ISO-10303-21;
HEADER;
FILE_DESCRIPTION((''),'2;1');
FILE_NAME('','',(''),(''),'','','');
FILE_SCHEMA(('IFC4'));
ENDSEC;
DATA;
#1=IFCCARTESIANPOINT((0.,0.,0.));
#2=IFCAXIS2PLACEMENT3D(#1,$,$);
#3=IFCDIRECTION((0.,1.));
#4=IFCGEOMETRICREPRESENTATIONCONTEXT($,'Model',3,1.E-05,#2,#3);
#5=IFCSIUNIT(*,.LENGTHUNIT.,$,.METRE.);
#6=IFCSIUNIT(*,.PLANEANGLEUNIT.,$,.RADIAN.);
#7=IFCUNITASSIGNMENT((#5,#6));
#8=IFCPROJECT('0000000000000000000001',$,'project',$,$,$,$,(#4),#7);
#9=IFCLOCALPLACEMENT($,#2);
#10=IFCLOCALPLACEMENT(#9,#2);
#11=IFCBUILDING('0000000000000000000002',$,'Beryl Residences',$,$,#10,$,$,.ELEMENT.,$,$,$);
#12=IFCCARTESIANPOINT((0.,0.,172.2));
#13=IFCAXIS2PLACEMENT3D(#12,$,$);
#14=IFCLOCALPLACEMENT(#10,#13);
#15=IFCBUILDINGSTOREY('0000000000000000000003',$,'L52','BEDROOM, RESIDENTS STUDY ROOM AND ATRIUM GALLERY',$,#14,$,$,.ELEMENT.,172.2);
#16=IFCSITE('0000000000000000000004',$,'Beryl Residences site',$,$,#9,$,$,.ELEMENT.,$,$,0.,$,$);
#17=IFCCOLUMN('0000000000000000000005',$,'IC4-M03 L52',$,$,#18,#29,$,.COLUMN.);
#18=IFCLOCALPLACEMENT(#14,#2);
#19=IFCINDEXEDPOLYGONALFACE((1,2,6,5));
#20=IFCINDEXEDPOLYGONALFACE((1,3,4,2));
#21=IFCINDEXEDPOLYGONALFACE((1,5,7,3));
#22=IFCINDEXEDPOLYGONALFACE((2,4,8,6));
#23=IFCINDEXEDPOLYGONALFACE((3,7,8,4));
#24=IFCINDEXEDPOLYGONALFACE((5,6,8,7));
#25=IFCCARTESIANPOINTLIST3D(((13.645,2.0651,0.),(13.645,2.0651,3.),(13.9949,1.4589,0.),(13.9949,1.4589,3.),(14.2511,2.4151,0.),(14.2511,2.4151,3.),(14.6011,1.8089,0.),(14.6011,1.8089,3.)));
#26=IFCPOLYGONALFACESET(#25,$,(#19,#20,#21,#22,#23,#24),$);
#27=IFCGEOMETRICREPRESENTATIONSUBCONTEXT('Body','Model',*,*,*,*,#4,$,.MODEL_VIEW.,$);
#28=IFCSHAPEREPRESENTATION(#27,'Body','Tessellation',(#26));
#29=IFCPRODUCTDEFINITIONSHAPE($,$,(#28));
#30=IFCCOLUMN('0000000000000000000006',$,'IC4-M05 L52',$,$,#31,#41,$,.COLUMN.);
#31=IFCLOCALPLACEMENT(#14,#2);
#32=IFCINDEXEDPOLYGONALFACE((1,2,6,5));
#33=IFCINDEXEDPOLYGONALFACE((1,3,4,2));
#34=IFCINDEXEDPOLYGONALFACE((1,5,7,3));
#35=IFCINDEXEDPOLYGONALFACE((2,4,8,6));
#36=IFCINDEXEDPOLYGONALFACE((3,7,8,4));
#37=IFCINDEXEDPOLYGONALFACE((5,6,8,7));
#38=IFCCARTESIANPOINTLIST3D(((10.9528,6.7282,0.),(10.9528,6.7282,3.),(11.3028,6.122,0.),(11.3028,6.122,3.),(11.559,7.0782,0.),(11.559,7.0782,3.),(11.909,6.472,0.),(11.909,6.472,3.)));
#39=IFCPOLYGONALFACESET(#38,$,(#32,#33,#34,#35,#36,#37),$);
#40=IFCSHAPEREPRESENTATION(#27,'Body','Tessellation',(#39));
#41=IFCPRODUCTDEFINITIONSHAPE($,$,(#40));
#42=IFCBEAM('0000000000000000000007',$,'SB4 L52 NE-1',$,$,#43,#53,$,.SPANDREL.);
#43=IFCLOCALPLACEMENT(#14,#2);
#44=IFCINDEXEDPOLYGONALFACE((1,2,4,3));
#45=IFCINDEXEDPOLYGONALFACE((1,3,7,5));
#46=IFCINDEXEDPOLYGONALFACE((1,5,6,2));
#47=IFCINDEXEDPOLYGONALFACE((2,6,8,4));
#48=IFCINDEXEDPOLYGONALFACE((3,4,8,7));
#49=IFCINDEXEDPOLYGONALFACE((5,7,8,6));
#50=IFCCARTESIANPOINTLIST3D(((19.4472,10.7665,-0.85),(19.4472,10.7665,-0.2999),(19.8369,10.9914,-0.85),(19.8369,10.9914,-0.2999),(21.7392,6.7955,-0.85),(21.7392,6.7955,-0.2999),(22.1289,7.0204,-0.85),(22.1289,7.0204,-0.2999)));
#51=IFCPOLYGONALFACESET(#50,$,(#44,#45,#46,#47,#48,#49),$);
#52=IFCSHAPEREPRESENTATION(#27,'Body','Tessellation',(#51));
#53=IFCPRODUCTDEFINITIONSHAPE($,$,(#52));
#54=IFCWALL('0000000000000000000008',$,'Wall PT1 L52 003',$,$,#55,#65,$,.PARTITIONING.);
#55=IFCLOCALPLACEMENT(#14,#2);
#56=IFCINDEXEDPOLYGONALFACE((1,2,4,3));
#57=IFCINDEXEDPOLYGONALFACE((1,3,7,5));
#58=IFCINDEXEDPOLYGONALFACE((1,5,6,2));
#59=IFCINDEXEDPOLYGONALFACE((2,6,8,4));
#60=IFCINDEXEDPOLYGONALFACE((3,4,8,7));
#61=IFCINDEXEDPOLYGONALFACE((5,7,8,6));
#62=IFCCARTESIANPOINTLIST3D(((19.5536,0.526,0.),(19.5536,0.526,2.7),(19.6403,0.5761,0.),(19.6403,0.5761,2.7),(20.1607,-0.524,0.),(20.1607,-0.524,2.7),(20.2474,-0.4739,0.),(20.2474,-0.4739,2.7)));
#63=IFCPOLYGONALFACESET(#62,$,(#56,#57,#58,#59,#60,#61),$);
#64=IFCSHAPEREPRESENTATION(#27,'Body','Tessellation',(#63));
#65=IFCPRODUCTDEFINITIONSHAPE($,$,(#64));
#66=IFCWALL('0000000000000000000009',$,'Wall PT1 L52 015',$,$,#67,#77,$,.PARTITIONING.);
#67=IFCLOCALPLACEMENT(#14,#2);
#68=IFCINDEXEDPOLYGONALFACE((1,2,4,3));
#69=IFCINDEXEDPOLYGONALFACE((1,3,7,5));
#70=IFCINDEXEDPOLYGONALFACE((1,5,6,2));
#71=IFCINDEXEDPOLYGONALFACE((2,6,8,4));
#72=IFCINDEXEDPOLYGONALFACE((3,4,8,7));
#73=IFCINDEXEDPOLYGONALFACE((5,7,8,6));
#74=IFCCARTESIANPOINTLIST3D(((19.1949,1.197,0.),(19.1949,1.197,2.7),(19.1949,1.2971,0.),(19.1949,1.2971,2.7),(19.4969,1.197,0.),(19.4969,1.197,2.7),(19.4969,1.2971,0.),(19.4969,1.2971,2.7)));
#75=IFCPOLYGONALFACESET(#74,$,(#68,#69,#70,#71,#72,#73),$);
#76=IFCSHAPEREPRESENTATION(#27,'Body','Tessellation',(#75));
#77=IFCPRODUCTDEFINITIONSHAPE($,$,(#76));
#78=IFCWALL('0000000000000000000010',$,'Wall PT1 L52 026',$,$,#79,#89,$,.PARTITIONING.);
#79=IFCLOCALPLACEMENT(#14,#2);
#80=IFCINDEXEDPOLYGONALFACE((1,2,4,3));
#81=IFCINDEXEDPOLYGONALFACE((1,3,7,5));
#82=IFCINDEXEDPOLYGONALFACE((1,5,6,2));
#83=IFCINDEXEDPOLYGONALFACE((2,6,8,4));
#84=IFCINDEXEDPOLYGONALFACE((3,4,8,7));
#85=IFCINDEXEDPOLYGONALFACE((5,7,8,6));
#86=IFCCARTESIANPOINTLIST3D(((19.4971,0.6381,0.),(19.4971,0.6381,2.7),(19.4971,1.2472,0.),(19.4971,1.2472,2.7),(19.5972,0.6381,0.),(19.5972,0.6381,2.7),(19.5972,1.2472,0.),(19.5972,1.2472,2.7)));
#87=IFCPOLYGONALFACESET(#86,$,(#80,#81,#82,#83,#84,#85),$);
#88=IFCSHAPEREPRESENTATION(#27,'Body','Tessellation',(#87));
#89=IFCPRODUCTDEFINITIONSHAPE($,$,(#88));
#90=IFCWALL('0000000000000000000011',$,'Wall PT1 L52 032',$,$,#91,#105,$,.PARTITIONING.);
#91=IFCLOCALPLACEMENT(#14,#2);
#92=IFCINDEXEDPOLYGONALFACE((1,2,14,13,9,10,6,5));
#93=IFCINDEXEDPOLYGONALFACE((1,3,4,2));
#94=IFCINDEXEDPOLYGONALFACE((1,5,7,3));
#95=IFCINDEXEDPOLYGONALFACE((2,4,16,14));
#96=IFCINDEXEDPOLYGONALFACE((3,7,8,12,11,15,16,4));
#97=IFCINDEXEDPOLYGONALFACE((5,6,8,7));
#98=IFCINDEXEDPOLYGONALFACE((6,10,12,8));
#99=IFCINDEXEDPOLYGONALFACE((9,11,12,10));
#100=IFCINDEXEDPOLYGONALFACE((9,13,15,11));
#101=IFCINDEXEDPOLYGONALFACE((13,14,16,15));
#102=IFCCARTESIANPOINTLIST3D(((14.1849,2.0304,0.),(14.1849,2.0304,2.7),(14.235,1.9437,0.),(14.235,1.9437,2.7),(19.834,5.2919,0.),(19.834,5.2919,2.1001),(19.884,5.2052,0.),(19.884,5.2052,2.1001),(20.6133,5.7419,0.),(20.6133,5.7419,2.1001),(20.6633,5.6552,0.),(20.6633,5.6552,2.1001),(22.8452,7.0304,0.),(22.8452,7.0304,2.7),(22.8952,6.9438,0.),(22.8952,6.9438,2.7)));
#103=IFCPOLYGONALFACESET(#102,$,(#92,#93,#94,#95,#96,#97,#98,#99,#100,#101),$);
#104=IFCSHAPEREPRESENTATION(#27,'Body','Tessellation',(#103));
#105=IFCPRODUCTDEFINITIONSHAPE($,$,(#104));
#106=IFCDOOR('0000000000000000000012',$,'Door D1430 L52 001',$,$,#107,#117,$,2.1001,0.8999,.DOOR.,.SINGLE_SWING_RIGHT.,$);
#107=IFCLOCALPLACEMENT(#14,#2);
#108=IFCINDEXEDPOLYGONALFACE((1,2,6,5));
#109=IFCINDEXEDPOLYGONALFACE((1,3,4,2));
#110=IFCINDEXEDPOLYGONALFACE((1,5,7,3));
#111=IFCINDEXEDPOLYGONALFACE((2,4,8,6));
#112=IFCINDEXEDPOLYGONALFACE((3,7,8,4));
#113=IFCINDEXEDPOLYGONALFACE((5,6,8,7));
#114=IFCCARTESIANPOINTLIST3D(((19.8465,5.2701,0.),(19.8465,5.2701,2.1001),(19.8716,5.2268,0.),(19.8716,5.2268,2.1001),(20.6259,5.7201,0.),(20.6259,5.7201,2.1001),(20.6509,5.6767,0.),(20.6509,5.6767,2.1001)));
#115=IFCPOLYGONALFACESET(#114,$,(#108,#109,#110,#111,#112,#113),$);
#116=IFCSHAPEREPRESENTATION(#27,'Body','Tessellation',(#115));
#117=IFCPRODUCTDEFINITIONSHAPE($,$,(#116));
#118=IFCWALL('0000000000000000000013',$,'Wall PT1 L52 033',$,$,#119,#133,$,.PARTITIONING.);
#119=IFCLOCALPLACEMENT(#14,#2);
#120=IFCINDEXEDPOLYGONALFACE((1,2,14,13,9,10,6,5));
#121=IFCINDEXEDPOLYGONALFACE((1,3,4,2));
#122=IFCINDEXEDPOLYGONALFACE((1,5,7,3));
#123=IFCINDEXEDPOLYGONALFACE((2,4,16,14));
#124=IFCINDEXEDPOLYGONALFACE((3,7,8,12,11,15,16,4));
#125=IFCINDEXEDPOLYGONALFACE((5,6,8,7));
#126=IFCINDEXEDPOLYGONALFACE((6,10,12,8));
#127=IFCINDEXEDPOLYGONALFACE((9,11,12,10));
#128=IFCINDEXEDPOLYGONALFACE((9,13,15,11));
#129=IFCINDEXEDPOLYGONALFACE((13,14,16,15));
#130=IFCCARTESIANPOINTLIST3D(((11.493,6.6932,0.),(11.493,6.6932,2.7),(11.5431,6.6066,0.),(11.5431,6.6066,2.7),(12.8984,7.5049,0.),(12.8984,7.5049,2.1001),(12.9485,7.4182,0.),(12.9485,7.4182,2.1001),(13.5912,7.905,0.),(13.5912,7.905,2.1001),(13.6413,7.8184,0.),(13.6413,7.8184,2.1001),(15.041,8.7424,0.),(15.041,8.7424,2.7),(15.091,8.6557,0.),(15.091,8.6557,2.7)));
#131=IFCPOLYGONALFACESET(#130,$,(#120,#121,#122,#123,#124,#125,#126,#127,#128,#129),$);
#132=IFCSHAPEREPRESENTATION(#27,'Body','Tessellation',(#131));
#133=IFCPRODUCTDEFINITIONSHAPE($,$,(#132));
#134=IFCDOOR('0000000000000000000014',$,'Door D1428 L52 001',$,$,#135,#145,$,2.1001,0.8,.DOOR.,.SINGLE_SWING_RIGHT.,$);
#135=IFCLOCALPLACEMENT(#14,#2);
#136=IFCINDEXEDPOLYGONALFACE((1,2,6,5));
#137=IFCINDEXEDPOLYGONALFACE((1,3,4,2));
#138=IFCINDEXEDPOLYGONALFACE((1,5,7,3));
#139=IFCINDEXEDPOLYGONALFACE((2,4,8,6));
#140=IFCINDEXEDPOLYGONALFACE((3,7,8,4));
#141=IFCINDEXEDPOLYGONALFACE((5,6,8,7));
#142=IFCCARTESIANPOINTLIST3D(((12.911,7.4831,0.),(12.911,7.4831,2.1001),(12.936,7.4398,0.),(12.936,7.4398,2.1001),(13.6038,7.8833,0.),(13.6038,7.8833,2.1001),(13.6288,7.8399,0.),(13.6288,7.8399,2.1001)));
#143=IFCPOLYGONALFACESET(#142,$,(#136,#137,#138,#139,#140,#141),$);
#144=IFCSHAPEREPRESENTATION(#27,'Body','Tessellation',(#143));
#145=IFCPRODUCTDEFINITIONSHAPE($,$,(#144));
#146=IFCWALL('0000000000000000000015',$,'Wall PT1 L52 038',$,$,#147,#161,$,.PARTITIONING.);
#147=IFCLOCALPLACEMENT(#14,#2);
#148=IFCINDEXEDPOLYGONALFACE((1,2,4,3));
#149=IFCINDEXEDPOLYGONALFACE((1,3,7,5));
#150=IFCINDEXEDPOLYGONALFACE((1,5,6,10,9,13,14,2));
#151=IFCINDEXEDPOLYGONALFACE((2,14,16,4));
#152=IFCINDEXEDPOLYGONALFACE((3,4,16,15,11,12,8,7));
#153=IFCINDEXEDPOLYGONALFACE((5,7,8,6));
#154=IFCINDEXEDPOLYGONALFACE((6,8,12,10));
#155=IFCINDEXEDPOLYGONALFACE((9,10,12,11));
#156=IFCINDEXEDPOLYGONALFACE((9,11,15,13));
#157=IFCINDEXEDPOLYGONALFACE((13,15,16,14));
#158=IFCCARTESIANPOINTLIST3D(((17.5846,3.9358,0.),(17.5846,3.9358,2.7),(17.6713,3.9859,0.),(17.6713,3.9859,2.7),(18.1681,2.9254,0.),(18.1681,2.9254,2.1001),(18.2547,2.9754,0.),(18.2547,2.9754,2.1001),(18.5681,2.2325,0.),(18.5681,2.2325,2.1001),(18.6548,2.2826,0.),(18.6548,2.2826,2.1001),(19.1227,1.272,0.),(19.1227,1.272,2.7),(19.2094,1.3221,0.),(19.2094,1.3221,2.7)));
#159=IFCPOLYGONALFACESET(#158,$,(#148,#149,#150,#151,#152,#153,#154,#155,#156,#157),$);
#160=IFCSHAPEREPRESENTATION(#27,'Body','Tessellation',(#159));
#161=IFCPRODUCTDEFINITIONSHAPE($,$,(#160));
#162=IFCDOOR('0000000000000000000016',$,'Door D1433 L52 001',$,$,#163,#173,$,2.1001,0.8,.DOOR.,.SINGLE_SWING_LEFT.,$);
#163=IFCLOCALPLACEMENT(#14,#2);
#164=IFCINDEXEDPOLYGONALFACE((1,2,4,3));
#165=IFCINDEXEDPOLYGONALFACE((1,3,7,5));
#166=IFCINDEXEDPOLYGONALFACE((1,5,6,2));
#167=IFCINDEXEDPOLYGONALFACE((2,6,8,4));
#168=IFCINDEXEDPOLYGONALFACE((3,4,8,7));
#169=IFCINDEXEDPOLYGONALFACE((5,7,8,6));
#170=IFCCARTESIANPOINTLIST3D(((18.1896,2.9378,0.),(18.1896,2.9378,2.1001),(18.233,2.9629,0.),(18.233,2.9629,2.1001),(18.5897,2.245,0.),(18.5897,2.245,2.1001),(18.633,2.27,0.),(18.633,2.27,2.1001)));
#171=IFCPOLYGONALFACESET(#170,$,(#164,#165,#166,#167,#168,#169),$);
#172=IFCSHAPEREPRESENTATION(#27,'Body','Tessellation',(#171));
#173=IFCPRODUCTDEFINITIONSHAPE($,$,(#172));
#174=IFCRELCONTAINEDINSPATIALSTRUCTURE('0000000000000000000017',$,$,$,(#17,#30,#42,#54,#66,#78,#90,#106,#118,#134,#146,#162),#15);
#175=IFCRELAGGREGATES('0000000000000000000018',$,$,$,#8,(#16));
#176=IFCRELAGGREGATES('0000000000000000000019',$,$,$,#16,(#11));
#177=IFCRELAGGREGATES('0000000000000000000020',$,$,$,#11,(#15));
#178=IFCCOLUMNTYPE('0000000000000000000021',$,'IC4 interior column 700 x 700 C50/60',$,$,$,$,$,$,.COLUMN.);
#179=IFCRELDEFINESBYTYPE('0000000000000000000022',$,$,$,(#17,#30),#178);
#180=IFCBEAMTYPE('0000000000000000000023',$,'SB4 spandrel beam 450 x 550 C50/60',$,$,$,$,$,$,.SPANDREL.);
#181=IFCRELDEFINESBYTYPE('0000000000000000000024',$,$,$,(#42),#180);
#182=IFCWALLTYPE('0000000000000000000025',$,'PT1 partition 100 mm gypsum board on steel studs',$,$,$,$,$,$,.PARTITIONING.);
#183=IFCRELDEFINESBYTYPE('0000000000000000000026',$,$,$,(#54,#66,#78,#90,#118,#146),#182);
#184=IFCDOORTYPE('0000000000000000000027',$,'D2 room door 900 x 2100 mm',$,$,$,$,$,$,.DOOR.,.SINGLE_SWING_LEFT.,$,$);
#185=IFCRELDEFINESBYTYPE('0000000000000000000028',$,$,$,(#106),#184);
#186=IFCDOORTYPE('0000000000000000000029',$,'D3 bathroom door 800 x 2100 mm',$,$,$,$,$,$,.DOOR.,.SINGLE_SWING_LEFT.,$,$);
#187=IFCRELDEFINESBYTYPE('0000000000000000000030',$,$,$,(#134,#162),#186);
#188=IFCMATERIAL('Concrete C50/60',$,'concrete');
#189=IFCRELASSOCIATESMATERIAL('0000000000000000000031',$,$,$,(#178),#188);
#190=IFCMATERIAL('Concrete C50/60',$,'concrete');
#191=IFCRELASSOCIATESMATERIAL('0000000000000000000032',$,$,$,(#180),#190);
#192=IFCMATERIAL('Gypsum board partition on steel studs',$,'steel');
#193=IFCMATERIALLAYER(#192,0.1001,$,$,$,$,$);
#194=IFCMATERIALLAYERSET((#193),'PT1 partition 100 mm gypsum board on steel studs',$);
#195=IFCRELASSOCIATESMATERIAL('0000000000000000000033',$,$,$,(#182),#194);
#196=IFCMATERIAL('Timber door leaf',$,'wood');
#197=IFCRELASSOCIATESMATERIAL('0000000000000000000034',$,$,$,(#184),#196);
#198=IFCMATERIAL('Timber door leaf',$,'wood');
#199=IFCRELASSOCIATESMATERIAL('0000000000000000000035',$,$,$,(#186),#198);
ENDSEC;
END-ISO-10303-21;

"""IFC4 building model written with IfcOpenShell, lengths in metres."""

from ifc_helpers import new_model, si_unit, direction, frame, frame_2d, origin, origin_2d, place, context, subcontext, project, spatial, rectangle, extrude, material, layer, layer_set, material_profile, profile_set, type_object, element, fill, save


model = new_model("IFC4")

# Units and contexts
model_context = context("Model", 3, precision=1e-05, world=origin(), true_north=direction((0.0, 1.0)))
body_context = subcontext(model_context, "Body", "Model", "MODEL_VIEW")
ifc_project = project(units=[si_unit("LENGTHUNIT", "METRE"), si_unit("PLANEANGLEUNIT", "RADIAN")], contexts=[model_context])

# Site, building, storey
site_placement = place(None, origin())
site = spatial("IfcSite", under=ifc_project, at=site_placement, Name="Beryl Residences site", CompositionType="ELEMENT", RefElevation=0.0)
building_placement = place(site_placement, origin())
building = spatial("IfcBuilding", under=site, at=building_placement, Name="Beryl Residences", CompositionType="ELEMENT")
storey_placement = place(building_placement, frame((0.0, 0.0, 172.2)))
storey = spatial("IfcBuildingStorey", under=building, at=storey_placement, Name="L52", Description="BEDROOM, RESIDENTS STUDY ROOM AND ATRIUM GALLERY", CompositionType="ELEMENT", Elevation=172.2)

# Columns
ifc_material_1 = material(Name="Concrete C50/60", Category="concrete")
ifc_material_profile_1 = material_profile(ifc_material_1, rectangle(XDim=0.7, YDim=0.7, at=origin_2d()))
ifc_profile_set_1 = profile_set([ifc_material_profile_1], Name="Concrete C50/60")
column_type = type_object("IfcColumnType", Name="IC4 interior column 700 x 700 C50/60", PredefinedType="COLUMN", material=ifc_profile_set_1)
for number, where, z_axis, x_axis, name in (
    (1, (14.123, 1.937, 0.0), (0.0, 0.0, 1.0), (-0.5, 0.866025, 0.0), "IC4-M03 L52"),
    (2, (11.4309, 6.6001, 0.0), (0.0, 0.0, 1.0), (-0.5, 0.866025, 0.0), "IC4-M05 L52"),
):
    element("IfcColumn", number, at=place(storey_placement, frame(where, z_axis=z_axis, x_axis=x_axis)), inside=storey, type_object=column_type, Name=name, PredefinedType="COLUMN", context=body_context, shape_type="SweptSolid", body=[
        extrude(rectangle(XDim=0.7, YDim=0.7, at=origin_2d()), origin(), (0.0, 0.0, 1.0), 3.0),
    ])

# Beam
ifc_material_2 = material(Name="Concrete C50/60", Category="concrete")
ifc_material_profile_2 = material_profile(ifc_material_2, rectangle(XDim=0.45, YDim=0.55, at=origin_2d()))
ifc_profile_set_2 = profile_set([ifc_material_profile_2], Name="Concrete C50/60")
beam_type = type_object("IfcBeamType", Name="SB4 spandrel beam 450 x 550 C50/60", PredefinedType="SPANDREL", material=ifc_profile_set_2)
beam_placement = place(storey_placement, frame((21.9341, 6.908, -0.575), z_axis=(-0.499896, 0.866085, 0.0), x_axis=(-0.866085, -0.499896, 0.0)))
element("IfcBeam", 3, at=beam_placement, inside=storey, type_object=beam_type, Name="SB4 L52 NE-1", PredefinedType="SPANDREL", context=body_context, shape_type="SweptSolid", body=[
    extrude(rectangle(XDim=0.45, YDim=0.55, at=origin_2d()), origin(), (0.0, 0.0, 1.0), 4.585),
])

# Walls
ifc_material_3 = material(Name="Gypsum board partition on steel studs", Category="steel")
ifc_layer_1 = layer(ifc_material_3, 0.1001)
ifc_layer_set_1 = layer_set([ifc_layer_1], Name="PT1 partition 100 mm gypsum board on steel studs")
wall_type_1 = type_object("IfcWallType", Name="PT1 partition 100 mm gypsum board on steel studs", PredefinedType="PARTITIONING", material=ifc_layer_set_1)
wall_1_placement = place(storey_placement, frame((19.5969, 0.551, 0.0), z_axis=(0.0, 0.0, 1.0), x_axis=(0.500576, -0.865693, 0.0)))
element("IfcWall", 4, at=wall_1_placement, inside=storey, type_object=wall_type_1, Name="Wall PT1 L52 003", PredefinedType="PARTITIONING", context=body_context, shape_type="SweptSolid", body=[
    extrude(rectangle(XDim=1.2129, YDim=0.1001, at=frame_2d((0.6064, 0.0))), origin(), (0.0, 0.0, 1.0), 2.7),
])
wall_2_placement = place(storey_placement, frame((19.1951, 1.2471, 0.0), z_axis=(0.0, 0.0, 1.0), x_axis=(1.0, 0.0, 0.0)))
element("IfcWall", 5, at=wall_2_placement, inside=storey, type_object=wall_type_1, Name="Wall PT1 L52 015", PredefinedType="PARTITIONING", context=body_context, shape_type="SweptSolid", body=[
    extrude(rectangle(XDim=0.302, YDim=0.1001, at=frame_2d((0.1509, 0.0))), origin(), (0.0, 0.0, 1.0), 2.7),
])
wall_3_placement = place(storey_placement, frame((19.5471, 0.6379, 0.0), z_axis=(0.0, 0.0, 1.0), x_axis=(0.0, 1.0, 0.0)))
element("IfcWall", 6, at=wall_3_placement, inside=storey, type_object=wall_type_1, Name="Wall PT1 L52 026", PredefinedType="PARTITIONING", context=body_context, shape_type="SweptSolid", body=[
    extrude(rectangle(XDim=0.6091, YDim=0.1001, at=frame_2d((0.3047, 0.0))), origin(), (0.0, 0.0, 1.0), 2.7),
])

# Walls, openings, doors
wall_4_placement = place(storey_placement, frame((14.21, 1.9871, 0.0), z_axis=(0.0, 0.0, 1.0), x_axis=(0.866023, 0.500004, 0.0)))
wall_4 = element("IfcWall", 7, at=wall_4_placement, inside=storey, type_object=wall_type_1, Name="Wall PT1 L52 032", PredefinedType="PARTITIONING", context=body_context, shape_type="SweptSolid", body=[
    extrude(rectangle(XDim=10.0, YDim=0.1001, at=frame_2d((5.0, 0.0))), origin(), (0.0, 0.0, 1.0), 2.7),
])
opening_1_placement = place(wall_4_placement, frame((6.5229, 0.0, 0.0)))
opening_1 = element("IfcOpeningElement", 8, at=opening_1_placement, cuts=wall_4, PredefinedType="OPENING", context=body_context, shape_type="SweptSolid", body=[
    extrude(rectangle(XDim=0.8999, YDim=2.1001, at=frame_2d((0.45, 1.05))), frame((0.0, 0.0601, 0.0), z_axis=(0.0, -1.0, 0.0), x_axis=(1.0, 0.0, 0.0)), (0.0, 0.0, 1.0), 0.1201),
])
ifc_material_4 = material(Name="Timber door leaf", Category="wood")
door_type_1 = type_object("IfcDoorType", Name="D2 room door 900 x 2100 mm", OperationType="SINGLE_SWING_LEFT", PredefinedType="DOOR", material=ifc_material_4)
door_1_placement = place(opening_1_placement, origin())
door_1 = element("IfcDoor", 9, at=door_1_placement, inside=storey, type_object=door_type_1, Name="Door D1430 L52 001", OperationType="SINGLE_SWING_RIGHT", OverallHeight=2.1001, OverallWidth=0.8999, PredefinedType="DOOR", context=body_context, shape_type="SweptSolid", body=[
    extrude(rectangle(XDim=0.8999, YDim=2.1001, at=frame_2d((0.45, 1.05))), frame((0.0, 0.0249, 0.0), z_axis=(0.0, -1.0, 0.0), x_axis=(1.0, 0.0, 0.0)), (0.0, 0.0, 1.0), 0.05),
])
fill(opening_1, door_1)
wall_5_placement = place(storey_placement, frame((11.5181, 6.6499, 0.0), z_axis=(0.0, 0.0, 1.0), x_axis=(0.865949, 0.500132, 0.0)))
wall_5 = element("IfcWall", 10, at=wall_5_placement, inside=storey, type_object=wall_type_1, Name="Wall PT1 L52 033", PredefinedType="PARTITIONING", context=body_context, shape_type="SweptSolid", body=[
    extrude(rectangle(XDim=4.0972, YDim=0.1001, at=frame_2d((2.0486, 0.0))), origin(), (0.0, 0.0, 1.0), 2.7),
])
opening_2_placement = place(wall_5_placement, frame((1.623, 0.0, 0.0)))
opening_2 = element("IfcOpeningElement", 11, at=opening_2_placement, cuts=wall_5, PredefinedType="OPENING", context=body_context, shape_type="SweptSolid", body=[
    extrude(rectangle(XDim=0.8, YDim=2.1001, at=frame_2d((0.3999, 1.05))), frame((0.0, 0.0601, 0.0), z_axis=(0.0, -1.0, 0.0), x_axis=(1.0, 0.0, 0.0)), (0.0, 0.0, 1.0), 0.1201),
])
ifc_material_5 = material(Name="Timber door leaf", Category="wood")
door_type_2 = type_object("IfcDoorType", Name="D3 bathroom door 800 x 2100 mm", OperationType="SINGLE_SWING_LEFT", PredefinedType="DOOR", material=ifc_material_5)
door_2_placement = place(opening_2_placement, origin())
door_2 = element("IfcDoor", 12, at=door_2_placement, inside=storey, type_object=door_type_2, Name="Door D1428 L52 001", OperationType="SINGLE_SWING_RIGHT", OverallHeight=2.1001, OverallWidth=0.8, PredefinedType="DOOR", context=body_context, shape_type="SweptSolid", body=[
    extrude(rectangle(XDim=0.8, YDim=2.1001, at=frame_2d((0.3999, 1.05))), frame((0.0, 0.0249, 0.0), z_axis=(0.0, -1.0, 0.0), x_axis=(1.0, 0.0, 0.0)), (0.0, 0.0, 1.0), 0.05),
])
fill(opening_2, door_2)
wall_6_placement = place(storey_placement, frame((17.6279, 3.9609, 0.0), z_axis=(0.0, 0.0, 1.0), x_axis=(0.500032, -0.866007, 0.0)))
wall_6 = element("IfcWall", 13, at=wall_6_placement, inside=storey, type_object=wall_type_1, Name="Wall PT1 L52 038", PredefinedType="PARTITIONING", context=body_context, shape_type="SweptSolid", body=[
    extrude(rectangle(XDim=3.0759, YDim=0.1001, at=frame_2d((1.5381, 0.0))), origin(), (0.0, 0.0, 1.0), 2.7),
])
opening_3_placement = place(wall_6_placement, frame((1.167, 0.0, 0.0)))
opening_3 = element("IfcOpeningElement", 14, at=opening_3_placement, cuts=wall_6, PredefinedType="OPENING", context=body_context, shape_type="SweptSolid", body=[
    extrude(rectangle(XDim=0.8, YDim=2.1001, at=frame_2d((0.3999, 1.05))), frame((0.0, 0.0601, 0.0), z_axis=(0.0, -1.0, 0.0), x_axis=(1.0, 0.0, 0.0)), (0.0, 0.0, 1.0), 0.1201),
])
door_3_placement = place(opening_3_placement, origin())
door_3 = element("IfcDoor", 15, at=door_3_placement, inside=storey, type_object=door_type_2, Name="Door D1433 L52 001", OperationType="SINGLE_SWING_LEFT", OverallHeight=2.1001, OverallWidth=0.8, PredefinedType="DOOR", context=body_context, shape_type="SweptSolid", body=[
    extrude(rectangle(XDim=0.8, YDim=2.1001, at=frame_2d((0.3999, 1.05))), frame((0.0, 0.0249, 0.0), z_axis=(0.0, -1.0, 0.0), x_axis=(1.0, 0.0, 0.0)), (0.0, 0.0, 1.0), 0.05),
])
fill(opening_3, door_3)

save(model, "model.ifc")
